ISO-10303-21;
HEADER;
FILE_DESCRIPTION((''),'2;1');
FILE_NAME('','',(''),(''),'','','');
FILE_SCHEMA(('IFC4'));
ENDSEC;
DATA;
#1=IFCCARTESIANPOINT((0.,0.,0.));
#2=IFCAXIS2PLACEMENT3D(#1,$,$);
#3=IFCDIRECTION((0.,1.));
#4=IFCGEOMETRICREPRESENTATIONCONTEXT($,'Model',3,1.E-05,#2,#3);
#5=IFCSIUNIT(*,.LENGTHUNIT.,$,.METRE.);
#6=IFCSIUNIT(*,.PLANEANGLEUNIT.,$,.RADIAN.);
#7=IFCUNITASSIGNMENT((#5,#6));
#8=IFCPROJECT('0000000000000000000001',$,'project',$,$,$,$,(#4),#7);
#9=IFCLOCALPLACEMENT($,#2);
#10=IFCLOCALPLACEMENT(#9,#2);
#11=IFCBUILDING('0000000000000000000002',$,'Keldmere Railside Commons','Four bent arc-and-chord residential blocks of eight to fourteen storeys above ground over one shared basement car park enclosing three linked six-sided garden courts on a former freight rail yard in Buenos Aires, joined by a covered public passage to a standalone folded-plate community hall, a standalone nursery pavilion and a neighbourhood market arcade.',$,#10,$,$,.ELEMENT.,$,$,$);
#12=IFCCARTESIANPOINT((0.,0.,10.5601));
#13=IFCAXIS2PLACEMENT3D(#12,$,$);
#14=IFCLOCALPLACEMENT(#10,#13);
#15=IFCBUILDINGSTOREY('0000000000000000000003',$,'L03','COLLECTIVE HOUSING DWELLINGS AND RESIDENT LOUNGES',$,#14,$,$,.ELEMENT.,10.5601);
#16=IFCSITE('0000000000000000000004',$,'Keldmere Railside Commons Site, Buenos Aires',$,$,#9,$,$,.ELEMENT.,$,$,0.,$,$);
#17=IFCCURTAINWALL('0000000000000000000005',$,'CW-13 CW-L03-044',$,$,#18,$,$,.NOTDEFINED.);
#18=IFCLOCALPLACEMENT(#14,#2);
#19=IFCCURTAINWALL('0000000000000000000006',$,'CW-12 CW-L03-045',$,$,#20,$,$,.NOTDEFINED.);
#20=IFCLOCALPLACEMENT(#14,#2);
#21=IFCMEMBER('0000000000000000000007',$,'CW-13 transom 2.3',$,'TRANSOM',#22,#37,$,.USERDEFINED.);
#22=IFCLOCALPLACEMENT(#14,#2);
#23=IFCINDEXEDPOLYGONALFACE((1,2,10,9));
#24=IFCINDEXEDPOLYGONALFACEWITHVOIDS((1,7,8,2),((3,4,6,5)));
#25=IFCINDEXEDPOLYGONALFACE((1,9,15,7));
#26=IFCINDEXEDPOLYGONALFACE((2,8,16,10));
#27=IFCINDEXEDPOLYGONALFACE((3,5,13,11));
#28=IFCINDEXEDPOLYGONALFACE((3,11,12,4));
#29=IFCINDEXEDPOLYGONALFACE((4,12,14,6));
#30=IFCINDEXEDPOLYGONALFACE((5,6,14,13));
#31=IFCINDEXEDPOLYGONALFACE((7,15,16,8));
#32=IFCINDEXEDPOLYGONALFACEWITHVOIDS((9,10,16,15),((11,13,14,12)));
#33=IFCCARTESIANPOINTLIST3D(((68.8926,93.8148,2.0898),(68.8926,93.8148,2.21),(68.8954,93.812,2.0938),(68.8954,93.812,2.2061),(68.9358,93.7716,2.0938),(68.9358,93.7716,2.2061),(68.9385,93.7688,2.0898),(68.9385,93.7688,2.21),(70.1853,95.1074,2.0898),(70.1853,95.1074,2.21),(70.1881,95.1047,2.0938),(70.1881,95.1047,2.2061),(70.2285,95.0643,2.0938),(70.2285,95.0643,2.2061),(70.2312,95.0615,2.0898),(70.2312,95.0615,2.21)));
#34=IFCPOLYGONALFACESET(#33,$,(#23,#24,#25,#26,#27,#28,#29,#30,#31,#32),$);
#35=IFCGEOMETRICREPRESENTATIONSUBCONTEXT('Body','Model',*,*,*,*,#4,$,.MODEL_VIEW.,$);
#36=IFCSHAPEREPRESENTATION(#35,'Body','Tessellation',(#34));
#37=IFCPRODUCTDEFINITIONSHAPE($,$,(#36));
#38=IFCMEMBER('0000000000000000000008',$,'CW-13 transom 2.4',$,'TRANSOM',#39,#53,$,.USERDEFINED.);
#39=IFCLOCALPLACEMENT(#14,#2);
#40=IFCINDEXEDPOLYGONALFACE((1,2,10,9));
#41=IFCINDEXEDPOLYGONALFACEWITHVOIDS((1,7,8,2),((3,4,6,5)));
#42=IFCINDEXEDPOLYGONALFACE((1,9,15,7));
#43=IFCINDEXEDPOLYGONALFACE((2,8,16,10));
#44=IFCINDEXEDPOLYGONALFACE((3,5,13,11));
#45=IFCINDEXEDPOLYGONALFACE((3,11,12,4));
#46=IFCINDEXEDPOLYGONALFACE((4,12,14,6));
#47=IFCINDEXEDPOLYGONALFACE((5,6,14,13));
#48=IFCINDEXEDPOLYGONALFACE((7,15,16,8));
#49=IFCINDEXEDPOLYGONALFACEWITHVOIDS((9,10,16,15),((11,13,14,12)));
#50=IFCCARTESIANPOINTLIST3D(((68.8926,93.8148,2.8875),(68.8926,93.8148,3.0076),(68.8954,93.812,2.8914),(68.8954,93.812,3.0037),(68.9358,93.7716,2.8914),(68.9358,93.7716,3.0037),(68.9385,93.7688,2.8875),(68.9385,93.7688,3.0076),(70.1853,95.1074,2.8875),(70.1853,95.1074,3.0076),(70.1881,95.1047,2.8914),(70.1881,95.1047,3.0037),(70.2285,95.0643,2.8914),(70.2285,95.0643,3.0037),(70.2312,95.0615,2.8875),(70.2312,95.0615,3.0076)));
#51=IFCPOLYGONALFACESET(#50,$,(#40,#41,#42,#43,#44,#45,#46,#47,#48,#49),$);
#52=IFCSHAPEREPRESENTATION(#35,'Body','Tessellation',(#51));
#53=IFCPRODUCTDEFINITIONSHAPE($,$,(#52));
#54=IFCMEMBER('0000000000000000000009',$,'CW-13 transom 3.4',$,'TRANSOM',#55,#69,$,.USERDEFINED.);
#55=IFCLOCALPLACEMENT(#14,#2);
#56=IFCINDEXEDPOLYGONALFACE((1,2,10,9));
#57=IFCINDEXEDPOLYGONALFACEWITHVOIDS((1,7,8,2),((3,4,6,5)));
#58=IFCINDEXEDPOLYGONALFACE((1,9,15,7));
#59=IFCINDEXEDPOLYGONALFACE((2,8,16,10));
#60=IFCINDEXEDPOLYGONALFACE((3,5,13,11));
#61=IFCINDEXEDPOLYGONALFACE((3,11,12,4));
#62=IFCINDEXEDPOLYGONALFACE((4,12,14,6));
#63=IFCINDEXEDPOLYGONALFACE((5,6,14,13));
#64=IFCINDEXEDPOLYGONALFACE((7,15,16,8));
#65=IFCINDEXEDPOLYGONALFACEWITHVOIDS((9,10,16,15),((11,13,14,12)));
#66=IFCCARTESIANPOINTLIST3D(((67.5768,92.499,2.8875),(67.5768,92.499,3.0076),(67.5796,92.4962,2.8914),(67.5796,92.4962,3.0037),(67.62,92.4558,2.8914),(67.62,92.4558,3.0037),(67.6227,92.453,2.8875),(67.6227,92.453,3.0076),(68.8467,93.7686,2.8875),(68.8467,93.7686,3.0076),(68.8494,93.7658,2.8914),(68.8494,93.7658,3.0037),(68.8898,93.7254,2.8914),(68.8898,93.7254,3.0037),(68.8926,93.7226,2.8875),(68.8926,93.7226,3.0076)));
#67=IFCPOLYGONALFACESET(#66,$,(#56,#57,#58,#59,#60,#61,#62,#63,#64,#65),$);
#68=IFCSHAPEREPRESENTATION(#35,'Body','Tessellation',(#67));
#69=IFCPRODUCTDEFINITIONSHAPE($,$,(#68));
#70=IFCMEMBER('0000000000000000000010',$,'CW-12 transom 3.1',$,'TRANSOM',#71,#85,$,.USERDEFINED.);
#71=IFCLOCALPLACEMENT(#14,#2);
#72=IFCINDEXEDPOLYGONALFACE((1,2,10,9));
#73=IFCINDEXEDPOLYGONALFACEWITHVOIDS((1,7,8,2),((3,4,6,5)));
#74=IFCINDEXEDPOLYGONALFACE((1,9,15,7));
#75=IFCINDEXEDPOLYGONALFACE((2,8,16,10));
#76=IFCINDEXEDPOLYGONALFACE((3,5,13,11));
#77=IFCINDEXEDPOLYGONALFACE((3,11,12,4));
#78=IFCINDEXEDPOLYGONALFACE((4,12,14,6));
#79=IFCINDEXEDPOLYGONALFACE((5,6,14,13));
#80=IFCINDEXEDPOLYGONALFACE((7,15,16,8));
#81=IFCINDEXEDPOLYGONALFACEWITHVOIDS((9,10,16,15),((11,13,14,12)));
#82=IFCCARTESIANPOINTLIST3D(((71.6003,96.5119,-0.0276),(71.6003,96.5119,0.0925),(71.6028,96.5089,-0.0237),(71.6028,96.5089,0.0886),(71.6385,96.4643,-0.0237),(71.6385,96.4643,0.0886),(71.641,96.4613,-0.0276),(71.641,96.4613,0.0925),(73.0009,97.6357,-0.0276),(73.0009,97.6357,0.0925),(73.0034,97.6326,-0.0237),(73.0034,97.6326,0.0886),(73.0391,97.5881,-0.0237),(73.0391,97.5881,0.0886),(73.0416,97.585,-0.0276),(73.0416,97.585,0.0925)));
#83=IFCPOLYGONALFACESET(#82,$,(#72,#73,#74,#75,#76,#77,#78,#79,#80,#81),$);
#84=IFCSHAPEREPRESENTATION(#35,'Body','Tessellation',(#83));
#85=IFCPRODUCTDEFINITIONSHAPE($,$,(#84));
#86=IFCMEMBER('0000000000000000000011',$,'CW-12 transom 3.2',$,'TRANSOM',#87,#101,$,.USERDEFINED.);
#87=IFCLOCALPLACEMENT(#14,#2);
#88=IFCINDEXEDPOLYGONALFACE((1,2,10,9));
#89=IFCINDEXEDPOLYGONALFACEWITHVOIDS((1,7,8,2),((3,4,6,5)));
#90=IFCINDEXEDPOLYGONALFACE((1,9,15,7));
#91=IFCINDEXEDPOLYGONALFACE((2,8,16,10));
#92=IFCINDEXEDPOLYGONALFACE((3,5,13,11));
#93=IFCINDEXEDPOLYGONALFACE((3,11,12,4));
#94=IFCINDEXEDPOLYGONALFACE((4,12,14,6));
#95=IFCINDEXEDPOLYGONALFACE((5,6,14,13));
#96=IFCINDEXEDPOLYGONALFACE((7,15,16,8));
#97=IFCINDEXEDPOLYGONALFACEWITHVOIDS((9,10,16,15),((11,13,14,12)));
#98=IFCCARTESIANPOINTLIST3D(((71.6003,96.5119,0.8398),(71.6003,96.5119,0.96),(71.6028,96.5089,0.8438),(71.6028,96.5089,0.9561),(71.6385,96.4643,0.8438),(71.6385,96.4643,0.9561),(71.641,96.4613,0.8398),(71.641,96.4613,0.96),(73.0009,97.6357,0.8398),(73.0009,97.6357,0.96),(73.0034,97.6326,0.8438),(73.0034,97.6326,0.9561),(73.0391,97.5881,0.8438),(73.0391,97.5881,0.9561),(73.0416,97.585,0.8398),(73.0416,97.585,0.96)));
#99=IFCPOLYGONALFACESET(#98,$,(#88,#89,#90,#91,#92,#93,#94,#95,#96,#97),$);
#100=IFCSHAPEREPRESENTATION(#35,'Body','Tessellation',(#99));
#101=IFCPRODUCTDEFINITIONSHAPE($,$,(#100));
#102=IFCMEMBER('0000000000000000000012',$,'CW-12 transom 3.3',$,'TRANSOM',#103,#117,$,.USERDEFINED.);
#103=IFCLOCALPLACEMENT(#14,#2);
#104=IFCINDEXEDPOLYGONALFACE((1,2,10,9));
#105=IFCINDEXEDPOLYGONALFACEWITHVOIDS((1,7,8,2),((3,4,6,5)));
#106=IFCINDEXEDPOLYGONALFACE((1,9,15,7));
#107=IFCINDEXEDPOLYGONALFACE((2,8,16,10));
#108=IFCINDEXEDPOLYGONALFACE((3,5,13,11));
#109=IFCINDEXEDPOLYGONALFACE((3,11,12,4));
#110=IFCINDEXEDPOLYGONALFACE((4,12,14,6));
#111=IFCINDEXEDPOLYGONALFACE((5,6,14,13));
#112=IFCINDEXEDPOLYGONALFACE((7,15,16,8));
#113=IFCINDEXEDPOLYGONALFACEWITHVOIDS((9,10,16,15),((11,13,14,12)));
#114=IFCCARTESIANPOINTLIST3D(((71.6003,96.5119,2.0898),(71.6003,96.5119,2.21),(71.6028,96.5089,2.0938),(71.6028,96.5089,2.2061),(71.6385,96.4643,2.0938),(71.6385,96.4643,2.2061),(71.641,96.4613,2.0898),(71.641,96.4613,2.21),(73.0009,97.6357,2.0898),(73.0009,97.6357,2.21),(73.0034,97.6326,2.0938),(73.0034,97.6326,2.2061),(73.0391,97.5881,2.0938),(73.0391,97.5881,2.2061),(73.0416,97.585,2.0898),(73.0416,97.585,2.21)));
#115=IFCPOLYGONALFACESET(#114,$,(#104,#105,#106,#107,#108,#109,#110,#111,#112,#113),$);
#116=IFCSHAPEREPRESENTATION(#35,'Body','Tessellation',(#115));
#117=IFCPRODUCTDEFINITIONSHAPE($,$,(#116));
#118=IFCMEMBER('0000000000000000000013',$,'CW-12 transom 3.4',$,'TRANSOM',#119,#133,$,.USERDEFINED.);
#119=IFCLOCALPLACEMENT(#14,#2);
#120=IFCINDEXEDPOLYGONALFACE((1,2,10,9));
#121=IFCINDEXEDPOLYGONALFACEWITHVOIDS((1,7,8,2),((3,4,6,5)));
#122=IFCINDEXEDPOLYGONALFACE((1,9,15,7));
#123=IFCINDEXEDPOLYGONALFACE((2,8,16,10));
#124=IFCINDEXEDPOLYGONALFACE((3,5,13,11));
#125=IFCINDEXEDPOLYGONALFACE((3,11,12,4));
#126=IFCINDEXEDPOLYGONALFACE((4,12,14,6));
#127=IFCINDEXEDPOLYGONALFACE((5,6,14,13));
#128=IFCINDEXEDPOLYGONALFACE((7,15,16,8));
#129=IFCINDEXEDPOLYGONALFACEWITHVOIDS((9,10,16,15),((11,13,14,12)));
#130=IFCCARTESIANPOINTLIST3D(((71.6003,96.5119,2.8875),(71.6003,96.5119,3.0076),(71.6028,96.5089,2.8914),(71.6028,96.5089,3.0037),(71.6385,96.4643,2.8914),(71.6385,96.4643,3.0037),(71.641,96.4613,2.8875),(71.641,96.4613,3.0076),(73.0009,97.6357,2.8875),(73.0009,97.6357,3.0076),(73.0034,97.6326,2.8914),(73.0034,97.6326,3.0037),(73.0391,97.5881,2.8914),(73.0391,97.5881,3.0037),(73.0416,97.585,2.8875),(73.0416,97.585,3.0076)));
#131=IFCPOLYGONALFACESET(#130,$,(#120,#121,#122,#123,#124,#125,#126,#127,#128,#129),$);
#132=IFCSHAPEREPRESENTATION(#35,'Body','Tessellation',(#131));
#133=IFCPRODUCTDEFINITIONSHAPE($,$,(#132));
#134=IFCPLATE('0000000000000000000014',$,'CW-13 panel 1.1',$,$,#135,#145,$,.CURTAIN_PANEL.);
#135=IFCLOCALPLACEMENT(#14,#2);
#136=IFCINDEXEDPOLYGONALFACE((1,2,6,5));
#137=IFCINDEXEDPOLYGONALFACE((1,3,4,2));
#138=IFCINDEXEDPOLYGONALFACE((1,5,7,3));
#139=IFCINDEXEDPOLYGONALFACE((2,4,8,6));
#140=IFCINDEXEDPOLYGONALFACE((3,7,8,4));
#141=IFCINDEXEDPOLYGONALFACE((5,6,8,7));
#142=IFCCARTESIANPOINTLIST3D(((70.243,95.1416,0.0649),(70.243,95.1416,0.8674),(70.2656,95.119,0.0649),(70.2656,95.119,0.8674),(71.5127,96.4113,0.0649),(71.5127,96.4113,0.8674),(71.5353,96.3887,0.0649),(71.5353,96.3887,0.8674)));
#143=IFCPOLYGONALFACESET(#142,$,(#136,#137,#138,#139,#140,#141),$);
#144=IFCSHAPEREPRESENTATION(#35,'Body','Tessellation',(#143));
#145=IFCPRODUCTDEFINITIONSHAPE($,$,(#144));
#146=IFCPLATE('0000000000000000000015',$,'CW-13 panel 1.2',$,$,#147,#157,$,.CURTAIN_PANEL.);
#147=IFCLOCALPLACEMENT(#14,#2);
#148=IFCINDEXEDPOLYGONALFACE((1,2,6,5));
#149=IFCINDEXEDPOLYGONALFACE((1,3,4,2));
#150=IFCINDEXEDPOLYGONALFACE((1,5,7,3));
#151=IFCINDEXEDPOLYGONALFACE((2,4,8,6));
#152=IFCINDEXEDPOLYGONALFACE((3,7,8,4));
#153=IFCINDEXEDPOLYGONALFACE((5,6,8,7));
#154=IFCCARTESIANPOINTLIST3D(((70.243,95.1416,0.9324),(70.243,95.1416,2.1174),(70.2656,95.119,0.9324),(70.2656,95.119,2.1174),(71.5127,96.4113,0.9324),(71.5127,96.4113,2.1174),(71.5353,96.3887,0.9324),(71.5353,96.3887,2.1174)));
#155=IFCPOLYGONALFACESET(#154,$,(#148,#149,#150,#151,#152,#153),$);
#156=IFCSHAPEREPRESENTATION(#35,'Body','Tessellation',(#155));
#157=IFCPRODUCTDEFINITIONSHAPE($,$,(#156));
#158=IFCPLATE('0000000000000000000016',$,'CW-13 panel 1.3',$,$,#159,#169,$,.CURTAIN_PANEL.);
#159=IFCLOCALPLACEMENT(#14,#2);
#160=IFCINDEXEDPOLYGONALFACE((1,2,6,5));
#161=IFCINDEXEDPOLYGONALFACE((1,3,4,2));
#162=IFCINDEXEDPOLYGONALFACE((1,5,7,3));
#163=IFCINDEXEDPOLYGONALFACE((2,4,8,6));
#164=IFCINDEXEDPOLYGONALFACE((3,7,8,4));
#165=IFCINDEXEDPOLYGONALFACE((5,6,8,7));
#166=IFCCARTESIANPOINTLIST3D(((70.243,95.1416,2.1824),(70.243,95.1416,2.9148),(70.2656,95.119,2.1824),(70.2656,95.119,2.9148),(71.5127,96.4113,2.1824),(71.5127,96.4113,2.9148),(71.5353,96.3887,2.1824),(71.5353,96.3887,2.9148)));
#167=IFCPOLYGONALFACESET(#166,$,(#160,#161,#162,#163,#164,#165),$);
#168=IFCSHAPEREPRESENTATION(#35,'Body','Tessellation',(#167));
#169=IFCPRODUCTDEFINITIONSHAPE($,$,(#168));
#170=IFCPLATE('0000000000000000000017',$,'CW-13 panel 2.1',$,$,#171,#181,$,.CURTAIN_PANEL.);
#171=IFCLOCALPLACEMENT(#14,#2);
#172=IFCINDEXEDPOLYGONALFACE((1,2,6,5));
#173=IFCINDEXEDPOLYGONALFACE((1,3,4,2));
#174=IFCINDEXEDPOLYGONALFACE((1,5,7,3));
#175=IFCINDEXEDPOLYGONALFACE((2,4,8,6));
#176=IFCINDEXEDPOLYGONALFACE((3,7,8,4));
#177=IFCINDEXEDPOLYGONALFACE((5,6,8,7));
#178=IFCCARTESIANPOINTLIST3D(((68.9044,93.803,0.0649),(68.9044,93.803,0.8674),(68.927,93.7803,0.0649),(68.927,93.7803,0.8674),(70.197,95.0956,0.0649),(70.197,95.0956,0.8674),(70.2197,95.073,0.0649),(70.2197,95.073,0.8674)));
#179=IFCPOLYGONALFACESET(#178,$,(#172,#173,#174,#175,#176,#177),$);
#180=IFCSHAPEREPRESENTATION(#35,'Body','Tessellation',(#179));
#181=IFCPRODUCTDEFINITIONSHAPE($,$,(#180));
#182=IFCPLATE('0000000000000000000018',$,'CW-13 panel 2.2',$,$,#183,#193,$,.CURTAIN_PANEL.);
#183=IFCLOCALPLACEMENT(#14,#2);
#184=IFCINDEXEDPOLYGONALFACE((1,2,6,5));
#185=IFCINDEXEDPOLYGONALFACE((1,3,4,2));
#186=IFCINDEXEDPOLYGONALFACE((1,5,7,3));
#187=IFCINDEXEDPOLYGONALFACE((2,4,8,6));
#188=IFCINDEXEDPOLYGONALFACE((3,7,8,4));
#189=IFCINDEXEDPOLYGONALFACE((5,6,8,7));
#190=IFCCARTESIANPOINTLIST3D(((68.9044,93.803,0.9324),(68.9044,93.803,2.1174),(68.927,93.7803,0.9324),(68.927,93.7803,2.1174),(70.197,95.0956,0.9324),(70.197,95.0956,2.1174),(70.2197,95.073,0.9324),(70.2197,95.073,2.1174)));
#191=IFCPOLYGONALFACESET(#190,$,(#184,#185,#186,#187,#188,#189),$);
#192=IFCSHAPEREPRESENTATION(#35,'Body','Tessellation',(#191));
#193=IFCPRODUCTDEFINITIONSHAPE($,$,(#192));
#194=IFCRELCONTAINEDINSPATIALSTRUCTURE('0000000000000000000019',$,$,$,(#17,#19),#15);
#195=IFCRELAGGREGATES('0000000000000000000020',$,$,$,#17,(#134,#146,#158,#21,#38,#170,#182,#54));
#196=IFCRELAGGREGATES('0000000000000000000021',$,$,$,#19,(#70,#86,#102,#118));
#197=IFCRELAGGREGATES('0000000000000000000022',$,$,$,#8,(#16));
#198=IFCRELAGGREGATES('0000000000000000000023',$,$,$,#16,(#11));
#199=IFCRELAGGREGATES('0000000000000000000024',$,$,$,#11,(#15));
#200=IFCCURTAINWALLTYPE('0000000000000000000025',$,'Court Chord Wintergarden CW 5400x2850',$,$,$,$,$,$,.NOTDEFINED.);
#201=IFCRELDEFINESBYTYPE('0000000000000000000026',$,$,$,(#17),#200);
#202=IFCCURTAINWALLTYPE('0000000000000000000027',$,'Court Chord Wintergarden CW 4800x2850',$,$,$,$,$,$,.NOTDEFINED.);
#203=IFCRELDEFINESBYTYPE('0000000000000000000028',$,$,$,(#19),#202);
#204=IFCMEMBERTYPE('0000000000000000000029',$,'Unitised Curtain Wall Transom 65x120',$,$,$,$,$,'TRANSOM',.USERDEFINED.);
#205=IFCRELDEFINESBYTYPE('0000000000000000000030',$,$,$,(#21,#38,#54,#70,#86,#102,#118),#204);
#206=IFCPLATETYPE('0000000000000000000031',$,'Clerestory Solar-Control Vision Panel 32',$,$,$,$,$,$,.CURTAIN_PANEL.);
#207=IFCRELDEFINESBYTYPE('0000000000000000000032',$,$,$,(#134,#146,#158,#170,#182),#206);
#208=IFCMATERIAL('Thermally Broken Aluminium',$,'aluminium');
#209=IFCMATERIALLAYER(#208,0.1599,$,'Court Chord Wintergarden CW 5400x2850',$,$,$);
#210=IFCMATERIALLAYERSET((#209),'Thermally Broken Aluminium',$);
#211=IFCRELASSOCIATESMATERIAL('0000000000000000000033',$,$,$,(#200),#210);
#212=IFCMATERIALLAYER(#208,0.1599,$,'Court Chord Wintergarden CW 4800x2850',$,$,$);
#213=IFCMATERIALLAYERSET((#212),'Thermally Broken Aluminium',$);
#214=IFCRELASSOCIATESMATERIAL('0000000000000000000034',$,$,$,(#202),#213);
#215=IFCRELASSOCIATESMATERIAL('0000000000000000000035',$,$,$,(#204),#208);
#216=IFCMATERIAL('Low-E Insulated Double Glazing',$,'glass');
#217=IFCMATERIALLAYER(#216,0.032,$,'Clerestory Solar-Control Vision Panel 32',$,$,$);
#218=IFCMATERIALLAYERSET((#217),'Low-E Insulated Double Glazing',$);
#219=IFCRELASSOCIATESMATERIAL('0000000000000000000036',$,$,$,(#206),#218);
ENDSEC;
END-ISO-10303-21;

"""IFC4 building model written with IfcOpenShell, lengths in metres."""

from ifc_helpers import new_model, si_unit, direction, frame, origin, origin_2d, place, context, subcontext, project, spatial, rectangle, hollow_rectangle, extrude, material, layer, layer_set, material_profile, profile_set, type_object, element, aggregate, save


model = new_model("IFC4")

# Units and contexts
model_context = context("Model", 3, precision=1e-05, world=origin(), true_north=direction((0.0, 1.0)))
body_context = subcontext(model_context, "Body", "Model", "MODEL_VIEW")
ifc_project = project(units=[si_unit("LENGTHUNIT", "METRE"), si_unit("PLANEANGLEUNIT", "RADIAN")], contexts=[model_context])

# Site, building, storey
site_placement = place(None, origin())
site = spatial("IfcSite", under=ifc_project, at=site_placement, Name="Keldmere Railside Commons Site, Buenos Aires", CompositionType="ELEMENT", RefElevation=0.0)
building_placement = place(site_placement, origin())
building = spatial("IfcBuilding", under=site, at=building_placement, Name="Keldmere Railside Commons", Description="Four bent arc-and-chord residential blocks of eight to fourteen storeys above ground over one shared basement car park enclosing three linked six-sided garden courts on a former freight rail yard in Buenos Aires, joined by a covered public passage to a standalone folded-plate community hall, a standalone nursery pavilion and a neighbourhood market arcade.", CompositionType="ELEMENT")
storey_placement = place(building_placement, frame((0.0, 0.0, 10.5601)))
storey = spatial("IfcBuildingStorey", under=building, at=storey_placement, Name="L03", Description="COLLECTIVE HOUSING DWELLINGS AND RESIDENT LOUNGES", CompositionType="ELEMENT", Elevation=10.5601)

# Curtain walls
ifc_material_1 = material(Name="Thermally Broken Aluminium", Category="aluminium")
ifc_layer_1 = layer(ifc_material_1, 0.1599, Name="Court Chord Wintergarden CW 5400x2850")
ifc_layer_set_1 = layer_set([ifc_layer_1], Name="Thermally Broken Aluminium")
curtain_wall_type_1 = type_object("IfcCurtainWallType", Name="Court Chord Wintergarden CW 5400x2850", PredefinedType="NOTDEFINED", material=ifc_layer_set_1)
curtain_wall_1_placement = place(storey_placement, origin())
curtain_wall_1 = element("IfcCurtainWall", 1, at=curtain_wall_1_placement, inside=storey, type_object=curtain_wall_type_1, Name="CW-13 CW-L03-044", PredefinedType="NOTDEFINED")
ifc_layer_2 = layer(ifc_material_1, 0.1599, Name="Court Chord Wintergarden CW 4800x2850")
ifc_layer_set_2 = layer_set([ifc_layer_2], Name="Thermally Broken Aluminium")
curtain_wall_type_2 = type_object("IfcCurtainWallType", Name="Court Chord Wintergarden CW 4800x2850", PredefinedType="NOTDEFINED", material=ifc_layer_set_2)
curtain_wall_2_placement = place(storey_placement, origin())
curtain_wall_2 = element("IfcCurtainWall", 2, at=curtain_wall_2_placement, inside=storey, type_object=curtain_wall_type_2, Name="CW-12 CW-L03-045", PredefinedType="NOTDEFINED")

# Members
ifc_material_profile_1 = material_profile(ifc_material_1, hollow_rectangle(XDim=0.0649, YDim=0.1201, WallThickness=0.0039, at=origin_2d()), Name="ALU-TRAN-65x120")
ifc_profile_set_1 = profile_set([ifc_material_profile_1], Name="Thermally Broken Aluminium")
member_type_1 = type_object("IfcMemberType", Name="Unitised Curtain Wall Transom 65x120", ElementType="TRANSOM", PredefinedType="USERDEFINED", material=ifc_profile_set_1)
member_1_placement = place(storey_placement, frame((70.2083, 95.0845, 2.1499), z_axis=(-0.707107, -0.707107, 0.0), x_axis=(0.707107, -0.707107, 0.0)))
member_1 = element("IfcMember", 3, at=member_1_placement, type_object=member_type_1, Name="CW-13 transom 2.3", ObjectType="TRANSOM", PredefinedType="USERDEFINED", context=body_context, shape_type="SweptSolid", body=[
    extrude(hollow_rectangle(XDim=0.0649, YDim=0.1201, WallThickness=0.0039, at=origin_2d()), origin(), (0.0, 0.0, 1.0), 1.8281),
])
member_2_placement = place(storey_placement, frame((70.2083, 95.0845, 2.9475), z_axis=(-0.707107, -0.707107, 0.0), x_axis=(0.707107, -0.707107, 0.0)))
member_2 = element("IfcMember", 4, at=member_2_placement, type_object=member_type_1, Name="CW-13 transom 2.4", ObjectType="TRANSOM", PredefinedType="USERDEFINED", context=body_context, shape_type="SweptSolid", body=[
    extrude(hollow_rectangle(XDim=0.0649, YDim=0.1201, WallThickness=0.0039, at=origin_2d()), origin(), (0.0, 0.0, 1.0), 1.8281),
])
member_3_placement = place(storey_placement, frame((68.8696, 93.7456, 2.9475), z_axis=(-0.707175, -0.707039, 0.0), x_axis=(0.707039, -0.707175, 0.0)))
member_3 = element("IfcMember", 5, at=member_3_placement, type_object=member_type_1, Name="CW-13 transom 3.4", ObjectType="TRANSOM", PredefinedType="USERDEFINED", context=body_context, shape_type="SweptSolid", body=[
    extrude(hollow_rectangle(XDim=0.0649, YDim=0.1201, WallThickness=0.0039, at=origin_2d()), origin(), (0.0, 0.0, 1.0), 1.7957),
])
member_4_placement = place(storey_placement, frame((73.0212, 97.6104, 0.0325), z_axis=(-0.779979, -0.625805, 0.0), x_axis=(0.625805, -0.779979, 0.0)))
member_4 = element("IfcMember", 6, at=member_4_placement, type_object=member_type_1, Name="CW-12 transom 3.1", ObjectType="TRANSOM", PredefinedType="USERDEFINED", context=body_context, shape_type="SweptSolid", body=[
    extrude(hollow_rectangle(XDim=0.0649, YDim=0.1201, WallThickness=0.0039, at=origin_2d()), origin(), (0.0, 0.0, 1.0), 1.7957),
])
member_5_placement = place(storey_placement, frame((73.0212, 97.6104, 0.8999), z_axis=(-0.779979, -0.625805, 0.0), x_axis=(0.625805, -0.779979, 0.0)))
member_5 = element("IfcMember", 7, at=member_5_placement, type_object=member_type_1, Name="CW-12 transom 3.2", ObjectType="TRANSOM", PredefinedType="USERDEFINED", context=body_context, shape_type="SweptSolid", body=[
    extrude(hollow_rectangle(XDim=0.0649, YDim=0.1201, WallThickness=0.0039, at=origin_2d()), origin(), (0.0, 0.0, 1.0), 1.7957),
])
member_6_placement = place(storey_placement, frame((73.0212, 97.6104, 2.1499), z_axis=(-0.779979, -0.625805, 0.0), x_axis=(0.625805, -0.779979, 0.0)))
member_6 = element("IfcMember", 8, at=member_6_placement, type_object=member_type_1, Name="CW-12 transom 3.3", ObjectType="TRANSOM", PredefinedType="USERDEFINED", context=body_context, shape_type="SweptSolid", body=[
    extrude(hollow_rectangle(XDim=0.0649, YDim=0.1201, WallThickness=0.0039, at=origin_2d()), origin(), (0.0, 0.0, 1.0), 1.7957),
])
member_7_placement = place(storey_placement, frame((73.0212, 97.6104, 2.9475), z_axis=(-0.779979, -0.625805, 0.0), x_axis=(0.625805, -0.779979, 0.0)))
member_7 = element("IfcMember", 9, at=member_7_placement, type_object=member_type_1, Name="CW-12 transom 3.4", ObjectType="TRANSOM", PredefinedType="USERDEFINED", context=body_context, shape_type="SweptSolid", body=[
    extrude(hollow_rectangle(XDim=0.0649, YDim=0.1201, WallThickness=0.0039, at=origin_2d()), origin(), (0.0, 0.0, 1.0), 1.7957),
])

# Plates
ifc_material_2 = material(Name="Low-E Insulated Double Glazing", Category="glass")
ifc_layer_3 = layer(ifc_material_2, 0.032, Name="Clerestory Solar-Control Vision Panel 32")
ifc_layer_set_3 = layer_set([ifc_layer_3], Name="Low-E Insulated Double Glazing")
plate_type_1 = type_object("IfcPlateType", Name="Clerestory Solar-Control Vision Panel 32", PredefinedType="CURTAIN_PANEL", material=ifc_layer_set_3)
plate_1_placement = place(storey_placement, frame((70.8892, 95.7651, 0.0649), z_axis=(0.0, 0.0, 1.0), x_axis=(-0.707107, -0.707107, 0.0)))
plate_1 = element("IfcPlate", 10, at=plate_1_placement, type_object=plate_type_1, Name="CW-13 panel 1.1", PredefinedType="CURTAIN_PANEL", context=body_context, shape_type="SweptSolid", body=[
    extrude(rectangle(XDim=1.7957, YDim=0.032, at=origin_2d()), origin(), (0.0, 0.0, 1.0), 0.8025),
])
plate_2_placement = place(storey_placement, frame((70.8892, 95.7651, 0.9324), z_axis=(0.0, 0.0, 1.0), x_axis=(-0.707107, -0.707107, 0.0)))
plate_2 = element("IfcPlate", 11, at=plate_2_placement, type_object=plate_type_1, Name="CW-13 panel 1.2", PredefinedType="CURTAIN_PANEL", context=body_context, shape_type="SweptSolid", body=[
    extrude(rectangle(XDim=1.7957, YDim=0.032, at=origin_2d()), origin(), (0.0, 0.0, 1.0), 1.1851),
])
plate_3_placement = place(storey_placement, frame((70.8892, 95.7651, 2.1824), z_axis=(0.0, 0.0, 1.0), x_axis=(-0.707107, -0.707107, 0.0)))
plate_3 = element("IfcPlate", 12, at=plate_3_placement, type_object=plate_type_1, Name="CW-13 panel 1.3", PredefinedType="CURTAIN_PANEL", context=body_context, shape_type="SweptSolid", body=[
    extrude(rectangle(XDim=1.7957, YDim=0.032, at=origin_2d()), origin(), (0.0, 0.0, 1.0), 0.7324),
])
plate_4_placement = place(storey_placement, frame((69.562, 94.438, 0.0649), z_axis=(0.0, 0.0, 1.0), x_axis=(-0.707107, -0.707107, 0.0)))
plate_4 = element("IfcPlate", 13, at=plate_4_placement, type_object=plate_type_1, Name="CW-13 panel 2.1", PredefinedType="CURTAIN_PANEL", context=body_context, shape_type="SweptSolid", body=[
    extrude(rectangle(XDim=1.8281, YDim=0.032, at=origin_2d()), origin(), (0.0, 0.0, 1.0), 0.8025),
])
plate_5_placement = place(storey_placement, frame((69.562, 94.438, 0.9324), z_axis=(0.0, 0.0, 1.0), x_axis=(-0.707107, -0.707107, 0.0)))
plate_5 = element("IfcPlate", 14, at=plate_5_placement, type_object=plate_type_1, Name="CW-13 panel 2.2", PredefinedType="CURTAIN_PANEL", context=body_context, shape_type="SweptSolid", body=[
    extrude(rectangle(XDim=1.8281, YDim=0.032, at=origin_2d()), origin(), (0.0, 0.0, 1.0), 1.1851),
])
aggregate(curtain_wall_1, [plate_1, plate_2, plate_3, member_1, member_2, plate_4, plate_5, member_3])
aggregate(curtain_wall_2, [member_4, member_5, member_6, member_7])

save(model, "model.ifc")
